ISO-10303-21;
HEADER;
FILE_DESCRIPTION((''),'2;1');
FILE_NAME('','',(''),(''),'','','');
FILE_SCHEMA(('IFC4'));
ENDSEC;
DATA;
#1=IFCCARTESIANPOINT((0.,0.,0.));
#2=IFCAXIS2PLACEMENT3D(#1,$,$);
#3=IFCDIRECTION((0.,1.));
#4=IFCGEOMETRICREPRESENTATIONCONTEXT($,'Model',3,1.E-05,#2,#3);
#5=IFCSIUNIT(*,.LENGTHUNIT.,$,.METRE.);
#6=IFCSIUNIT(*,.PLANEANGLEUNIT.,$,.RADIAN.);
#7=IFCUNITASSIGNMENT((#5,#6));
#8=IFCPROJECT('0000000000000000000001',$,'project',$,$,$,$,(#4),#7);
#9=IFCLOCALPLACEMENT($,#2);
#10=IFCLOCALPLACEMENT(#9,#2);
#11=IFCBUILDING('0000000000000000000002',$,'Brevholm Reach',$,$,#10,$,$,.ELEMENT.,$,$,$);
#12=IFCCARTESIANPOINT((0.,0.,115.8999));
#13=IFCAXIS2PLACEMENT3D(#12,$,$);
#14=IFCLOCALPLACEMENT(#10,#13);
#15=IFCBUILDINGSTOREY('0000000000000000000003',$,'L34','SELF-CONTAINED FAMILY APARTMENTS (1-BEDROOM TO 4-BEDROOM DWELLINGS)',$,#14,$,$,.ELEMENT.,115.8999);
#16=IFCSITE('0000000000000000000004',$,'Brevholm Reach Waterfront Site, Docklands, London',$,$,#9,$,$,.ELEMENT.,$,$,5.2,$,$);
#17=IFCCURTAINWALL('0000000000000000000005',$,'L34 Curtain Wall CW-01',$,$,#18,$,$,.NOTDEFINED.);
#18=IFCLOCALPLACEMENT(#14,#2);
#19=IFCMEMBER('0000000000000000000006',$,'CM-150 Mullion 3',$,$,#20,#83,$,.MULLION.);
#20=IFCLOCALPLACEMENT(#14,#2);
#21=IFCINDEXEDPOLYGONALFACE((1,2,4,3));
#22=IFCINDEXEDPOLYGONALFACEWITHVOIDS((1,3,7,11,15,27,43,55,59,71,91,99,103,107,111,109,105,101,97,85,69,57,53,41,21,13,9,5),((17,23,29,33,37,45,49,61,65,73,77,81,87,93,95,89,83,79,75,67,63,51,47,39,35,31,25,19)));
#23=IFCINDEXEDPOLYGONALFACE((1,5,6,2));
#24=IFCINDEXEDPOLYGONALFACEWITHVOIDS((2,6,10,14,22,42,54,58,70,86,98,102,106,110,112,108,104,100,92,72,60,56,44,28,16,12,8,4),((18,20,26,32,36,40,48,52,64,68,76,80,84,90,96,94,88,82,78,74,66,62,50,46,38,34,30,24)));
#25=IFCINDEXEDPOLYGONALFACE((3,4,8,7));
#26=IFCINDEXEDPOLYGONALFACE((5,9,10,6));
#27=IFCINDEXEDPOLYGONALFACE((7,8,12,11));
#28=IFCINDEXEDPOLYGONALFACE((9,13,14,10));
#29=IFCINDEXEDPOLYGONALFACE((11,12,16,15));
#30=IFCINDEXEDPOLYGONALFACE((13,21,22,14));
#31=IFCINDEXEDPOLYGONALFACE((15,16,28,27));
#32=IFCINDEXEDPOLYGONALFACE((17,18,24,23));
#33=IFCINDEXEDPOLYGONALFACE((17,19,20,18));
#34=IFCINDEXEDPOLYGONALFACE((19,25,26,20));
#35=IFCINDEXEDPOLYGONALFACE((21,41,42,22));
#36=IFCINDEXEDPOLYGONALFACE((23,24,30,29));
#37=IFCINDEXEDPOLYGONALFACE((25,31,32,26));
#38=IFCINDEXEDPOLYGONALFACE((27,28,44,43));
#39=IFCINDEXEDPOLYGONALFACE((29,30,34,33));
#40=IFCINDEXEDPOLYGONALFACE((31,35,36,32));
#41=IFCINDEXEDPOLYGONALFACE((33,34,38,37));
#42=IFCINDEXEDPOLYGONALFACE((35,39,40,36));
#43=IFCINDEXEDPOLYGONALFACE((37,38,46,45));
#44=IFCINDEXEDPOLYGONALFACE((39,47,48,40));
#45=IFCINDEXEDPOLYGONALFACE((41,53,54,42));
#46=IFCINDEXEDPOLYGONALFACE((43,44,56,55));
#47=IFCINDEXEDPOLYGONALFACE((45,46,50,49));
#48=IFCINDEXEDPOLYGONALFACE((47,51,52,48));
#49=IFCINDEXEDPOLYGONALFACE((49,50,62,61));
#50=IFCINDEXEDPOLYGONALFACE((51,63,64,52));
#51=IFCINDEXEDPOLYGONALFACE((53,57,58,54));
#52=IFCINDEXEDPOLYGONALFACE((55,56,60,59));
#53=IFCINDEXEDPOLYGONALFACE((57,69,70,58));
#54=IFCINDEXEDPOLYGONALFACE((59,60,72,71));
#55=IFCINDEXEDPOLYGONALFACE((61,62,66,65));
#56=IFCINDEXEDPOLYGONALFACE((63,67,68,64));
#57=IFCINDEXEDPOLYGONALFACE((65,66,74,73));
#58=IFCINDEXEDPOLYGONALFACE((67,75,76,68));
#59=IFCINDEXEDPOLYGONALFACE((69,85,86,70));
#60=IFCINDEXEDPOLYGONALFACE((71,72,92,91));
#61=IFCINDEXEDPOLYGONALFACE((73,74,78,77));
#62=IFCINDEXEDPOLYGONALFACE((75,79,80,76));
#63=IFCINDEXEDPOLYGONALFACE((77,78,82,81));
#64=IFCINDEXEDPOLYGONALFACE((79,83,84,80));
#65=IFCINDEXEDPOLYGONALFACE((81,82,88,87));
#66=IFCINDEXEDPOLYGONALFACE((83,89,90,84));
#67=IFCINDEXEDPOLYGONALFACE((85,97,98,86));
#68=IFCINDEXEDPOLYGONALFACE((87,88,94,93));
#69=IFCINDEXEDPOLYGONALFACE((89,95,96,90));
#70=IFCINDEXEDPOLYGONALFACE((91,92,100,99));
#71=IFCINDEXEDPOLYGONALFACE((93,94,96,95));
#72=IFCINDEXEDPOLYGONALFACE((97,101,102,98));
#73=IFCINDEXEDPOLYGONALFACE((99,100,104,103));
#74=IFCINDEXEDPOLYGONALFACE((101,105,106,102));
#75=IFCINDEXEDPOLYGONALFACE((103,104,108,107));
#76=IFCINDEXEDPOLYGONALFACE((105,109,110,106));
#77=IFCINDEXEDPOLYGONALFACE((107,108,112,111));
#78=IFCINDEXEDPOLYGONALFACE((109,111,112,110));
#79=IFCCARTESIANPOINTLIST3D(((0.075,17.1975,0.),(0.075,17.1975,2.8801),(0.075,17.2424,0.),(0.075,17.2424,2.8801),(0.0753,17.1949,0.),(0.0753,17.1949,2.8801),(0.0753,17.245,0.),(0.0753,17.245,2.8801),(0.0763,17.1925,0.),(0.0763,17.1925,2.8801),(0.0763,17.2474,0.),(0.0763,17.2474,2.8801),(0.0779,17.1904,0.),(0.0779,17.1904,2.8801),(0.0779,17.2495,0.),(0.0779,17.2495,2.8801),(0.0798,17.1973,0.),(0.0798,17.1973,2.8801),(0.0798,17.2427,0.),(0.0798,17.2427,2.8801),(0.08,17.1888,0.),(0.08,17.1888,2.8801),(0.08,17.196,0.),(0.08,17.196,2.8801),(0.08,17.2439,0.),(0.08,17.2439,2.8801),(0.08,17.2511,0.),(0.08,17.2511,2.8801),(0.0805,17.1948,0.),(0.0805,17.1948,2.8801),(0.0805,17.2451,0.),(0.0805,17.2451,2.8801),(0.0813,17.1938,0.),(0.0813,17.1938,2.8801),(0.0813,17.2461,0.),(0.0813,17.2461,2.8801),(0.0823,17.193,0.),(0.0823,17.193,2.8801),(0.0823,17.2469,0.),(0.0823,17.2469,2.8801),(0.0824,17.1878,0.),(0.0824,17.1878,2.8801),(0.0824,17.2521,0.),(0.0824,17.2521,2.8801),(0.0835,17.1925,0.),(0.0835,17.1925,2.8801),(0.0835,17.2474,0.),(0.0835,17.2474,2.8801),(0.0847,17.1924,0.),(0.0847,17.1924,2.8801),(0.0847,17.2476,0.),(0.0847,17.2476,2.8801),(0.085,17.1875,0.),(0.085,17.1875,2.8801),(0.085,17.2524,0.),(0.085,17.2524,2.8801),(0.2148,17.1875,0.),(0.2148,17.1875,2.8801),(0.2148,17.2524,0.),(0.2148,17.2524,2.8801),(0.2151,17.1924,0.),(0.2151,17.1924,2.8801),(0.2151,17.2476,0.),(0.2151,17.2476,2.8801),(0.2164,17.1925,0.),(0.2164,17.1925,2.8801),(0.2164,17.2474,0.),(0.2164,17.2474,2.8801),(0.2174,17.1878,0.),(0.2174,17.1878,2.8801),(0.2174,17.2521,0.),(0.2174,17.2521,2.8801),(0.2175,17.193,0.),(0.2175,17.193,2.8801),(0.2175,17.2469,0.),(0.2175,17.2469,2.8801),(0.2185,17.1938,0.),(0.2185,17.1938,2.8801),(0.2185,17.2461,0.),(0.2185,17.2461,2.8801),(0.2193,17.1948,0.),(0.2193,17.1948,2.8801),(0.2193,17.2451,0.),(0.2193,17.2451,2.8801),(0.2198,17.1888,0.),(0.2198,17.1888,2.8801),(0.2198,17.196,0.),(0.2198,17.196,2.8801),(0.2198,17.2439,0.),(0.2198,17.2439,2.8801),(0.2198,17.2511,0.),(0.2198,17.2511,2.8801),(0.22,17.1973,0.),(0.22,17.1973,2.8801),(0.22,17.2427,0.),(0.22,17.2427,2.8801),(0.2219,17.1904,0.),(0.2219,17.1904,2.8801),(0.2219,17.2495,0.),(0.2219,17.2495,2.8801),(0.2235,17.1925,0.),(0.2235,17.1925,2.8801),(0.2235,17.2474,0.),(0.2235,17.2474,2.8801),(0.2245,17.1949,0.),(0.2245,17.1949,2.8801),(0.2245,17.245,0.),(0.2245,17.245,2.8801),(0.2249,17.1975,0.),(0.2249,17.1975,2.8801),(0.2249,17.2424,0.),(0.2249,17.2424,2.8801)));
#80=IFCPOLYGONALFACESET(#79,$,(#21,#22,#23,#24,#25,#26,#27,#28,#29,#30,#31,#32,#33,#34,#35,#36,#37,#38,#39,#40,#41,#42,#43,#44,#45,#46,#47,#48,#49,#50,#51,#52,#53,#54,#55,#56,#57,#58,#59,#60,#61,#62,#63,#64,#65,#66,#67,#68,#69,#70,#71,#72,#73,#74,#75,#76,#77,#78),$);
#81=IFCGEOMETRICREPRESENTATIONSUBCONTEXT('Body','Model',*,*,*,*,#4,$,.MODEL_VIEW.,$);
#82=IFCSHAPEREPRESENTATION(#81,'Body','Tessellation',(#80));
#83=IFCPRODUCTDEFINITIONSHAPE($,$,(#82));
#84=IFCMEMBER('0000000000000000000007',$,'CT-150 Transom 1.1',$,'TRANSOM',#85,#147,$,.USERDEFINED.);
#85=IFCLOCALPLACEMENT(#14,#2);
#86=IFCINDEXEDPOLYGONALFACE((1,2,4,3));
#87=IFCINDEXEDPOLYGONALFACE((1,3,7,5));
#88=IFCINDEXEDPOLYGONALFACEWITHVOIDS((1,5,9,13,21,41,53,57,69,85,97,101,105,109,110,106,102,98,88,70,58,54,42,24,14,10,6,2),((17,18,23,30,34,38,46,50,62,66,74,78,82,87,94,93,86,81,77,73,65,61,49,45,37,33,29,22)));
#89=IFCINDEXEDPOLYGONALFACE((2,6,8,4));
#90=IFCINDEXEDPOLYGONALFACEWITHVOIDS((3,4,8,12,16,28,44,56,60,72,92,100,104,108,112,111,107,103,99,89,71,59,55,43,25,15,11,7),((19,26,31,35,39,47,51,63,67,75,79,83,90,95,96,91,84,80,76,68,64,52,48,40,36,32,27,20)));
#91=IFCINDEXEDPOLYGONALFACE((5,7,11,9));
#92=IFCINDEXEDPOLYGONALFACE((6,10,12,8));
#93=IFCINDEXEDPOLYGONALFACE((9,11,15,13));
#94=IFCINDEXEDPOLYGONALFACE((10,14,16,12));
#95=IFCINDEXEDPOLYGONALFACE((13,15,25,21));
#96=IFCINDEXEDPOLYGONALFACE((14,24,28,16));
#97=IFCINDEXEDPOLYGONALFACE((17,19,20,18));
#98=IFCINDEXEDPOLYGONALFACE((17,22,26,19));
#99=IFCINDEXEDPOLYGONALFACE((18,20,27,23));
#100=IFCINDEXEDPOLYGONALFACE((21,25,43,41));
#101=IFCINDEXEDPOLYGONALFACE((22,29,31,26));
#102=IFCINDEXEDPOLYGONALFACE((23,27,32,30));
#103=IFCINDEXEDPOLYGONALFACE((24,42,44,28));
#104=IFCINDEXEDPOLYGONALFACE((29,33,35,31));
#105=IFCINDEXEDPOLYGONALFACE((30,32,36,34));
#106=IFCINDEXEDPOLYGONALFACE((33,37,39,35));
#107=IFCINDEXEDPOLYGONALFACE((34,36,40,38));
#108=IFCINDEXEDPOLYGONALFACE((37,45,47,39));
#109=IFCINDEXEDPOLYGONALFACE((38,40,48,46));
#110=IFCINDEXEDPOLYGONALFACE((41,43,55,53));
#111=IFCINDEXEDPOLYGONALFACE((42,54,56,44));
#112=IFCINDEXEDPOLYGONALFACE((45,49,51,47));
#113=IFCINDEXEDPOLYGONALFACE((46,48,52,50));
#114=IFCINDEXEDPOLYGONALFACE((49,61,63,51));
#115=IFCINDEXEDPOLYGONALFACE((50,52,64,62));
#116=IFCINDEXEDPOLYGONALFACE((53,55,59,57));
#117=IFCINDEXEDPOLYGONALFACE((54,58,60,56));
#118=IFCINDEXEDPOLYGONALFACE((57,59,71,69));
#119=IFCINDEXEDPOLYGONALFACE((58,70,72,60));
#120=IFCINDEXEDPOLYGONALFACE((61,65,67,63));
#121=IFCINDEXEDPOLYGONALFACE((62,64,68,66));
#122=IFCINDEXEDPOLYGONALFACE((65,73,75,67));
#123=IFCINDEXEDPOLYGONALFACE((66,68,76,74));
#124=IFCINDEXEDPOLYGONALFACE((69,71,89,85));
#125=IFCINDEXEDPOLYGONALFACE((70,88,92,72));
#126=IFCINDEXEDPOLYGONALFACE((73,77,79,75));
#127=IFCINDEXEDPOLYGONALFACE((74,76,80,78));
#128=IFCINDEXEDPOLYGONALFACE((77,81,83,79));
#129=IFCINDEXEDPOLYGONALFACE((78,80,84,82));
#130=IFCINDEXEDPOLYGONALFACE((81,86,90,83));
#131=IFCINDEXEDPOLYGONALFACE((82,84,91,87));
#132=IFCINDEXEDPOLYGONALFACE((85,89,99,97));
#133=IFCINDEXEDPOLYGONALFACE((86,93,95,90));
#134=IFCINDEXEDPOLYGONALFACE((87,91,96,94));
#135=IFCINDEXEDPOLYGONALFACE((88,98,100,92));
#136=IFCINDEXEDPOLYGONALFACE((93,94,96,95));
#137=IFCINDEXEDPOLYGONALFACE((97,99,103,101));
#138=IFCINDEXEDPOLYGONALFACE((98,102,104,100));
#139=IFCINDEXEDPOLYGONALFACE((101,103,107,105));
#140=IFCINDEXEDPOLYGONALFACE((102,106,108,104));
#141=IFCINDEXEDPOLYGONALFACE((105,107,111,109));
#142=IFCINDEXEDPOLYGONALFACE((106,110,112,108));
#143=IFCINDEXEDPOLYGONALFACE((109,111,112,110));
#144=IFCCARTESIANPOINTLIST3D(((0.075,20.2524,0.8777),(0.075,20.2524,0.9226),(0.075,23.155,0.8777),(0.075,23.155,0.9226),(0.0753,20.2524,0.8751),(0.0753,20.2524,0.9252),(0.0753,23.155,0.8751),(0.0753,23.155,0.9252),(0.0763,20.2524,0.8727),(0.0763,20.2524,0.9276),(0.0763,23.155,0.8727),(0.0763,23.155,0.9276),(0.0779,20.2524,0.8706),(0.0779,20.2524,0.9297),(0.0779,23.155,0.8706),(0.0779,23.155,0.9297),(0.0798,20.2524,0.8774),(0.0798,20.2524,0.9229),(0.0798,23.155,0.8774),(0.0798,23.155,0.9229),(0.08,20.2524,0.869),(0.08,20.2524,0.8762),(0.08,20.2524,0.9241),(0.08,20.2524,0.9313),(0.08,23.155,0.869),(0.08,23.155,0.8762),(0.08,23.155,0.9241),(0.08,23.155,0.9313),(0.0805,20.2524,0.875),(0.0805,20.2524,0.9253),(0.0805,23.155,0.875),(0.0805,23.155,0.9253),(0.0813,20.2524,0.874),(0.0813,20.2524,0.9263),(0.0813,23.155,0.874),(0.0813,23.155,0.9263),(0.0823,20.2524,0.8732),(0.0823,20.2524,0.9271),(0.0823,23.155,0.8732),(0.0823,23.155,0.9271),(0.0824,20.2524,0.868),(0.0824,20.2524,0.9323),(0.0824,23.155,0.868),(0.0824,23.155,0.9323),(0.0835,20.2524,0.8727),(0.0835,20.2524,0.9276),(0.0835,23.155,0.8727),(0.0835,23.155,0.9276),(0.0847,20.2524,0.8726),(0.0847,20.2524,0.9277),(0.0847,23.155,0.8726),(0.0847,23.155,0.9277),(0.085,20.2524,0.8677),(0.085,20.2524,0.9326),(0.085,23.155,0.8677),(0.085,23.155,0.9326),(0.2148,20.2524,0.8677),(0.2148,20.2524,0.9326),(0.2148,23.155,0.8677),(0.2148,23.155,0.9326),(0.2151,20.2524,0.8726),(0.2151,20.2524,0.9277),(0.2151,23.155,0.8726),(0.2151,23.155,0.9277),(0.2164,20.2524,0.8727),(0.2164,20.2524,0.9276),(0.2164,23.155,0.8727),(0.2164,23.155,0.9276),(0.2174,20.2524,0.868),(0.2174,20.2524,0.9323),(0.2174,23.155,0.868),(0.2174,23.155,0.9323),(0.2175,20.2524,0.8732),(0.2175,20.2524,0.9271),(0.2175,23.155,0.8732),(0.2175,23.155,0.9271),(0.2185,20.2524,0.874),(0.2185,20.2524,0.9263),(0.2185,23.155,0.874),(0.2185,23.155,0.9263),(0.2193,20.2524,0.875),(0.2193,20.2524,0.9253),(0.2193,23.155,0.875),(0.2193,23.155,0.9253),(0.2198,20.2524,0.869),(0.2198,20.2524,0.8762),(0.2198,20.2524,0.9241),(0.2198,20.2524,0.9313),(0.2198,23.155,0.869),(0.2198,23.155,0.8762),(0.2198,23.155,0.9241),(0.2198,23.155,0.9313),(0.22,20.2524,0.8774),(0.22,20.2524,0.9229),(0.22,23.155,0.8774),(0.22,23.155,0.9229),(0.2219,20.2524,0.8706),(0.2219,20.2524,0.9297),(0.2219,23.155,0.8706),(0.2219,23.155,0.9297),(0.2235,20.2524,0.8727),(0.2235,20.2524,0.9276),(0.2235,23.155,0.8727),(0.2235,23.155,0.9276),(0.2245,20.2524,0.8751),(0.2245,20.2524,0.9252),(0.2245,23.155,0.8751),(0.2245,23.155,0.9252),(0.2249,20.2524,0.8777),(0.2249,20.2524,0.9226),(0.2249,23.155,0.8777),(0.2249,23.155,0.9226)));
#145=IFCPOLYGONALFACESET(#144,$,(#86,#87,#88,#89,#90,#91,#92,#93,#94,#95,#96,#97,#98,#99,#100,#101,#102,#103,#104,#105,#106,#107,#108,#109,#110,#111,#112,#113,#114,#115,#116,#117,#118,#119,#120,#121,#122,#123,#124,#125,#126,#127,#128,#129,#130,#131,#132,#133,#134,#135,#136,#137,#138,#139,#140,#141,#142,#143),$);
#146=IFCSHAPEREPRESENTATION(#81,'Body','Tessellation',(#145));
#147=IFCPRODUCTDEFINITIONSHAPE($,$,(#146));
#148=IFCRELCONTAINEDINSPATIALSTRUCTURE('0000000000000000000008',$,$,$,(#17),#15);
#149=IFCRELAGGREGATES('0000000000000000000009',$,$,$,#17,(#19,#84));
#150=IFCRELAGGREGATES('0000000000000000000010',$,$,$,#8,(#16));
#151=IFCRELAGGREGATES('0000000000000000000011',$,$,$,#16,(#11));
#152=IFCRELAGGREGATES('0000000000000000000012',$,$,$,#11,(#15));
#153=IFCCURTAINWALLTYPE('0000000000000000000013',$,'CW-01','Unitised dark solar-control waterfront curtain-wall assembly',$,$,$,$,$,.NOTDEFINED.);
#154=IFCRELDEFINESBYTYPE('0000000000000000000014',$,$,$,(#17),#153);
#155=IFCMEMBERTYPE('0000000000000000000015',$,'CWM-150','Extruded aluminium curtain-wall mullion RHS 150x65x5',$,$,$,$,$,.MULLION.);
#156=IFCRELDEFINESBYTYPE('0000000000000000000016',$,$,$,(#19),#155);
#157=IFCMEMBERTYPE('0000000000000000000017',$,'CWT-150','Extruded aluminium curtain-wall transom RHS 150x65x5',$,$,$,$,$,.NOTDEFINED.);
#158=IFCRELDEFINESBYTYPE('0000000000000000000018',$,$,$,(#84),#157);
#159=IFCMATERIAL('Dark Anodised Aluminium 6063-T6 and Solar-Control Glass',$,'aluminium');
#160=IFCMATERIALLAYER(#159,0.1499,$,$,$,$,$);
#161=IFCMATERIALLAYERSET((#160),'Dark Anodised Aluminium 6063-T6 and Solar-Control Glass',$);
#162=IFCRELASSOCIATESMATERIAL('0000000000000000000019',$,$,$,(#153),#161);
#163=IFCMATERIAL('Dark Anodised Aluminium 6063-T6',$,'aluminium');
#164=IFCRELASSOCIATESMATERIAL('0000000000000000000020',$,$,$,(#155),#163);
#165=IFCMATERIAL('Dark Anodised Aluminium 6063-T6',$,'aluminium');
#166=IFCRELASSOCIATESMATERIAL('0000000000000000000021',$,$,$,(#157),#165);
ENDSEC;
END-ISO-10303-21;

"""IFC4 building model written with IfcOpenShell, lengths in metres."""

from ifc_helpers import new_model, si_unit, direction, frame, origin, origin_2d, place, context, subcontext, project, spatial, hollow_rectangle, extrude, material, layer, layer_set, material_profile, profile_set, type_object, element, aggregate, save


model = new_model("IFC4")

# Units and contexts
model_context = context("Model", 3, precision=1e-05, world=origin(), true_north=direction((0.0, 1.0)))
body_context = subcontext(model_context, "Body", "Model", "MODEL_VIEW")
ifc_project = project(units=[si_unit("LENGTHUNIT", "METRE"), si_unit("PLANEANGLEUNIT", "RADIAN")], contexts=[model_context])

# Site, building, storey
site_placement = place(None, origin())
site = spatial("IfcSite", under=ifc_project, at=site_placement, Name="Brevholm Reach Waterfront Site, Docklands, London", CompositionType="ELEMENT", RefElevation=5.2)
building_placement = place(site_placement, origin())
building = spatial("IfcBuilding", under=site, at=building_placement, Name="Brevholm Reach", CompositionType="ELEMENT")
storey_placement = place(building_placement, frame((0.0, 0.0, 115.8999)))
storey = spatial("IfcBuildingStorey", under=building, at=storey_placement, Name="L34", Description="SELF-CONTAINED FAMILY APARTMENTS (1-BEDROOM TO 4-BEDROOM DWELLINGS)", CompositionType="ELEMENT", Elevation=115.8999)

# Curtain wall, members
ifc_material_1 = material(Name="Dark Anodised Aluminium 6063-T6 and Solar-Control Glass", Category="aluminium")
ifc_layer_1 = layer(ifc_material_1, 0.1499)
ifc_layer_set_1 = layer_set([ifc_layer_1], Name="Dark Anodised Aluminium 6063-T6 and Solar-Control Glass")
curtain_wall_type = type_object("IfcCurtainWallType", Name="CW-01", Description="Unitised dark solar-control waterfront curtain-wall assembly", PredefinedType="NOTDEFINED", material=ifc_layer_set_1)
curtain_wall_placement = place(storey_placement, origin())
curtain_wall = element("IfcCurtainWall", 1, at=curtain_wall_placement, inside=storey, type_object=curtain_wall_type, Name="L34 Curtain Wall CW-01", PredefinedType="NOTDEFINED")
ifc_material_2 = material(Name="Dark Anodised Aluminium 6063-T6", Category="aluminium")
ifc_material_profile_1 = material_profile(ifc_material_2, hollow_rectangle(XDim=0.0649, YDim=0.1499, WallThickness=0.0049, InnerFilletRadius=0.0049, OuterFilletRadius=0.01, at=origin_2d()), Name="RHS 150x65x5")
ifc_profile_set_1 = profile_set([ifc_material_profile_1], Name="Dark Anodised Aluminium 6063-T6")
member_type_1 = type_object("IfcMemberType", Name="CWM-150", Description="Extruded aluminium curtain-wall mullion RHS 150x65x5", PredefinedType="MULLION", material=ifc_profile_set_1)
member_1_placement = place(storey_placement, frame((0.1499, 17.22, 0.0), z_axis=(0.0, 0.0, 1.0), x_axis=(0.0, -1.0, 0.0)))
member_1 = element("IfcMember", 2, at=member_1_placement, type_object=member_type_1, Name="CM-150 Mullion 3", PredefinedType="MULLION", context=body_context, shape_type="SweptSolid", body=[
    extrude(hollow_rectangle(XDim=0.0649, YDim=0.1499, WallThickness=0.0049, InnerFilletRadius=0.0049, OuterFilletRadius=0.01, at=origin_2d()), origin(), (0.0, 0.0, 1.0), 2.8801),
])
ifc_material_3 = material(Name="Dark Anodised Aluminium 6063-T6", Category="aluminium")
ifc_material_profile_2 = material_profile(ifc_material_3, hollow_rectangle(XDim=0.0649, YDim=0.1499, WallThickness=0.0049, InnerFilletRadius=0.0049, OuterFilletRadius=0.01, at=origin_2d()), Name="RHS 150x65x5")
ifc_profile_set_2 = profile_set([ifc_material_profile_2], Name="Dark Anodised Aluminium 6063-T6")
member_type_2 = type_object("IfcMemberType", Name="CWT-150", Description="Extruded aluminium curtain-wall transom RHS 150x65x5", PredefinedType="NOTDEFINED", material=ifc_profile_set_2)
member_2_placement = place(storey_placement, frame((0.1499, 23.155, 0.9001), z_axis=(0.0, -1.0, 0.0), x_axis=(0.0, 0.0, 1.0)))
member_2 = element("IfcMember", 3, at=member_2_placement, type_object=member_type_2, Name="CT-150 Transom 1.1", ObjectType="TRANSOM", PredefinedType="USERDEFINED", context=body_context, shape_type="SweptSolid", body=[
    extrude(hollow_rectangle(XDim=0.0649, YDim=0.1499, WallThickness=0.0049, InnerFilletRadius=0.0049, OuterFilletRadius=0.01, at=origin_2d()), origin(), (0.0, 0.0, 1.0), 2.9026),
])
aggregate(curtain_wall, [member_1, member_2])

save(model, "model.ifc")
